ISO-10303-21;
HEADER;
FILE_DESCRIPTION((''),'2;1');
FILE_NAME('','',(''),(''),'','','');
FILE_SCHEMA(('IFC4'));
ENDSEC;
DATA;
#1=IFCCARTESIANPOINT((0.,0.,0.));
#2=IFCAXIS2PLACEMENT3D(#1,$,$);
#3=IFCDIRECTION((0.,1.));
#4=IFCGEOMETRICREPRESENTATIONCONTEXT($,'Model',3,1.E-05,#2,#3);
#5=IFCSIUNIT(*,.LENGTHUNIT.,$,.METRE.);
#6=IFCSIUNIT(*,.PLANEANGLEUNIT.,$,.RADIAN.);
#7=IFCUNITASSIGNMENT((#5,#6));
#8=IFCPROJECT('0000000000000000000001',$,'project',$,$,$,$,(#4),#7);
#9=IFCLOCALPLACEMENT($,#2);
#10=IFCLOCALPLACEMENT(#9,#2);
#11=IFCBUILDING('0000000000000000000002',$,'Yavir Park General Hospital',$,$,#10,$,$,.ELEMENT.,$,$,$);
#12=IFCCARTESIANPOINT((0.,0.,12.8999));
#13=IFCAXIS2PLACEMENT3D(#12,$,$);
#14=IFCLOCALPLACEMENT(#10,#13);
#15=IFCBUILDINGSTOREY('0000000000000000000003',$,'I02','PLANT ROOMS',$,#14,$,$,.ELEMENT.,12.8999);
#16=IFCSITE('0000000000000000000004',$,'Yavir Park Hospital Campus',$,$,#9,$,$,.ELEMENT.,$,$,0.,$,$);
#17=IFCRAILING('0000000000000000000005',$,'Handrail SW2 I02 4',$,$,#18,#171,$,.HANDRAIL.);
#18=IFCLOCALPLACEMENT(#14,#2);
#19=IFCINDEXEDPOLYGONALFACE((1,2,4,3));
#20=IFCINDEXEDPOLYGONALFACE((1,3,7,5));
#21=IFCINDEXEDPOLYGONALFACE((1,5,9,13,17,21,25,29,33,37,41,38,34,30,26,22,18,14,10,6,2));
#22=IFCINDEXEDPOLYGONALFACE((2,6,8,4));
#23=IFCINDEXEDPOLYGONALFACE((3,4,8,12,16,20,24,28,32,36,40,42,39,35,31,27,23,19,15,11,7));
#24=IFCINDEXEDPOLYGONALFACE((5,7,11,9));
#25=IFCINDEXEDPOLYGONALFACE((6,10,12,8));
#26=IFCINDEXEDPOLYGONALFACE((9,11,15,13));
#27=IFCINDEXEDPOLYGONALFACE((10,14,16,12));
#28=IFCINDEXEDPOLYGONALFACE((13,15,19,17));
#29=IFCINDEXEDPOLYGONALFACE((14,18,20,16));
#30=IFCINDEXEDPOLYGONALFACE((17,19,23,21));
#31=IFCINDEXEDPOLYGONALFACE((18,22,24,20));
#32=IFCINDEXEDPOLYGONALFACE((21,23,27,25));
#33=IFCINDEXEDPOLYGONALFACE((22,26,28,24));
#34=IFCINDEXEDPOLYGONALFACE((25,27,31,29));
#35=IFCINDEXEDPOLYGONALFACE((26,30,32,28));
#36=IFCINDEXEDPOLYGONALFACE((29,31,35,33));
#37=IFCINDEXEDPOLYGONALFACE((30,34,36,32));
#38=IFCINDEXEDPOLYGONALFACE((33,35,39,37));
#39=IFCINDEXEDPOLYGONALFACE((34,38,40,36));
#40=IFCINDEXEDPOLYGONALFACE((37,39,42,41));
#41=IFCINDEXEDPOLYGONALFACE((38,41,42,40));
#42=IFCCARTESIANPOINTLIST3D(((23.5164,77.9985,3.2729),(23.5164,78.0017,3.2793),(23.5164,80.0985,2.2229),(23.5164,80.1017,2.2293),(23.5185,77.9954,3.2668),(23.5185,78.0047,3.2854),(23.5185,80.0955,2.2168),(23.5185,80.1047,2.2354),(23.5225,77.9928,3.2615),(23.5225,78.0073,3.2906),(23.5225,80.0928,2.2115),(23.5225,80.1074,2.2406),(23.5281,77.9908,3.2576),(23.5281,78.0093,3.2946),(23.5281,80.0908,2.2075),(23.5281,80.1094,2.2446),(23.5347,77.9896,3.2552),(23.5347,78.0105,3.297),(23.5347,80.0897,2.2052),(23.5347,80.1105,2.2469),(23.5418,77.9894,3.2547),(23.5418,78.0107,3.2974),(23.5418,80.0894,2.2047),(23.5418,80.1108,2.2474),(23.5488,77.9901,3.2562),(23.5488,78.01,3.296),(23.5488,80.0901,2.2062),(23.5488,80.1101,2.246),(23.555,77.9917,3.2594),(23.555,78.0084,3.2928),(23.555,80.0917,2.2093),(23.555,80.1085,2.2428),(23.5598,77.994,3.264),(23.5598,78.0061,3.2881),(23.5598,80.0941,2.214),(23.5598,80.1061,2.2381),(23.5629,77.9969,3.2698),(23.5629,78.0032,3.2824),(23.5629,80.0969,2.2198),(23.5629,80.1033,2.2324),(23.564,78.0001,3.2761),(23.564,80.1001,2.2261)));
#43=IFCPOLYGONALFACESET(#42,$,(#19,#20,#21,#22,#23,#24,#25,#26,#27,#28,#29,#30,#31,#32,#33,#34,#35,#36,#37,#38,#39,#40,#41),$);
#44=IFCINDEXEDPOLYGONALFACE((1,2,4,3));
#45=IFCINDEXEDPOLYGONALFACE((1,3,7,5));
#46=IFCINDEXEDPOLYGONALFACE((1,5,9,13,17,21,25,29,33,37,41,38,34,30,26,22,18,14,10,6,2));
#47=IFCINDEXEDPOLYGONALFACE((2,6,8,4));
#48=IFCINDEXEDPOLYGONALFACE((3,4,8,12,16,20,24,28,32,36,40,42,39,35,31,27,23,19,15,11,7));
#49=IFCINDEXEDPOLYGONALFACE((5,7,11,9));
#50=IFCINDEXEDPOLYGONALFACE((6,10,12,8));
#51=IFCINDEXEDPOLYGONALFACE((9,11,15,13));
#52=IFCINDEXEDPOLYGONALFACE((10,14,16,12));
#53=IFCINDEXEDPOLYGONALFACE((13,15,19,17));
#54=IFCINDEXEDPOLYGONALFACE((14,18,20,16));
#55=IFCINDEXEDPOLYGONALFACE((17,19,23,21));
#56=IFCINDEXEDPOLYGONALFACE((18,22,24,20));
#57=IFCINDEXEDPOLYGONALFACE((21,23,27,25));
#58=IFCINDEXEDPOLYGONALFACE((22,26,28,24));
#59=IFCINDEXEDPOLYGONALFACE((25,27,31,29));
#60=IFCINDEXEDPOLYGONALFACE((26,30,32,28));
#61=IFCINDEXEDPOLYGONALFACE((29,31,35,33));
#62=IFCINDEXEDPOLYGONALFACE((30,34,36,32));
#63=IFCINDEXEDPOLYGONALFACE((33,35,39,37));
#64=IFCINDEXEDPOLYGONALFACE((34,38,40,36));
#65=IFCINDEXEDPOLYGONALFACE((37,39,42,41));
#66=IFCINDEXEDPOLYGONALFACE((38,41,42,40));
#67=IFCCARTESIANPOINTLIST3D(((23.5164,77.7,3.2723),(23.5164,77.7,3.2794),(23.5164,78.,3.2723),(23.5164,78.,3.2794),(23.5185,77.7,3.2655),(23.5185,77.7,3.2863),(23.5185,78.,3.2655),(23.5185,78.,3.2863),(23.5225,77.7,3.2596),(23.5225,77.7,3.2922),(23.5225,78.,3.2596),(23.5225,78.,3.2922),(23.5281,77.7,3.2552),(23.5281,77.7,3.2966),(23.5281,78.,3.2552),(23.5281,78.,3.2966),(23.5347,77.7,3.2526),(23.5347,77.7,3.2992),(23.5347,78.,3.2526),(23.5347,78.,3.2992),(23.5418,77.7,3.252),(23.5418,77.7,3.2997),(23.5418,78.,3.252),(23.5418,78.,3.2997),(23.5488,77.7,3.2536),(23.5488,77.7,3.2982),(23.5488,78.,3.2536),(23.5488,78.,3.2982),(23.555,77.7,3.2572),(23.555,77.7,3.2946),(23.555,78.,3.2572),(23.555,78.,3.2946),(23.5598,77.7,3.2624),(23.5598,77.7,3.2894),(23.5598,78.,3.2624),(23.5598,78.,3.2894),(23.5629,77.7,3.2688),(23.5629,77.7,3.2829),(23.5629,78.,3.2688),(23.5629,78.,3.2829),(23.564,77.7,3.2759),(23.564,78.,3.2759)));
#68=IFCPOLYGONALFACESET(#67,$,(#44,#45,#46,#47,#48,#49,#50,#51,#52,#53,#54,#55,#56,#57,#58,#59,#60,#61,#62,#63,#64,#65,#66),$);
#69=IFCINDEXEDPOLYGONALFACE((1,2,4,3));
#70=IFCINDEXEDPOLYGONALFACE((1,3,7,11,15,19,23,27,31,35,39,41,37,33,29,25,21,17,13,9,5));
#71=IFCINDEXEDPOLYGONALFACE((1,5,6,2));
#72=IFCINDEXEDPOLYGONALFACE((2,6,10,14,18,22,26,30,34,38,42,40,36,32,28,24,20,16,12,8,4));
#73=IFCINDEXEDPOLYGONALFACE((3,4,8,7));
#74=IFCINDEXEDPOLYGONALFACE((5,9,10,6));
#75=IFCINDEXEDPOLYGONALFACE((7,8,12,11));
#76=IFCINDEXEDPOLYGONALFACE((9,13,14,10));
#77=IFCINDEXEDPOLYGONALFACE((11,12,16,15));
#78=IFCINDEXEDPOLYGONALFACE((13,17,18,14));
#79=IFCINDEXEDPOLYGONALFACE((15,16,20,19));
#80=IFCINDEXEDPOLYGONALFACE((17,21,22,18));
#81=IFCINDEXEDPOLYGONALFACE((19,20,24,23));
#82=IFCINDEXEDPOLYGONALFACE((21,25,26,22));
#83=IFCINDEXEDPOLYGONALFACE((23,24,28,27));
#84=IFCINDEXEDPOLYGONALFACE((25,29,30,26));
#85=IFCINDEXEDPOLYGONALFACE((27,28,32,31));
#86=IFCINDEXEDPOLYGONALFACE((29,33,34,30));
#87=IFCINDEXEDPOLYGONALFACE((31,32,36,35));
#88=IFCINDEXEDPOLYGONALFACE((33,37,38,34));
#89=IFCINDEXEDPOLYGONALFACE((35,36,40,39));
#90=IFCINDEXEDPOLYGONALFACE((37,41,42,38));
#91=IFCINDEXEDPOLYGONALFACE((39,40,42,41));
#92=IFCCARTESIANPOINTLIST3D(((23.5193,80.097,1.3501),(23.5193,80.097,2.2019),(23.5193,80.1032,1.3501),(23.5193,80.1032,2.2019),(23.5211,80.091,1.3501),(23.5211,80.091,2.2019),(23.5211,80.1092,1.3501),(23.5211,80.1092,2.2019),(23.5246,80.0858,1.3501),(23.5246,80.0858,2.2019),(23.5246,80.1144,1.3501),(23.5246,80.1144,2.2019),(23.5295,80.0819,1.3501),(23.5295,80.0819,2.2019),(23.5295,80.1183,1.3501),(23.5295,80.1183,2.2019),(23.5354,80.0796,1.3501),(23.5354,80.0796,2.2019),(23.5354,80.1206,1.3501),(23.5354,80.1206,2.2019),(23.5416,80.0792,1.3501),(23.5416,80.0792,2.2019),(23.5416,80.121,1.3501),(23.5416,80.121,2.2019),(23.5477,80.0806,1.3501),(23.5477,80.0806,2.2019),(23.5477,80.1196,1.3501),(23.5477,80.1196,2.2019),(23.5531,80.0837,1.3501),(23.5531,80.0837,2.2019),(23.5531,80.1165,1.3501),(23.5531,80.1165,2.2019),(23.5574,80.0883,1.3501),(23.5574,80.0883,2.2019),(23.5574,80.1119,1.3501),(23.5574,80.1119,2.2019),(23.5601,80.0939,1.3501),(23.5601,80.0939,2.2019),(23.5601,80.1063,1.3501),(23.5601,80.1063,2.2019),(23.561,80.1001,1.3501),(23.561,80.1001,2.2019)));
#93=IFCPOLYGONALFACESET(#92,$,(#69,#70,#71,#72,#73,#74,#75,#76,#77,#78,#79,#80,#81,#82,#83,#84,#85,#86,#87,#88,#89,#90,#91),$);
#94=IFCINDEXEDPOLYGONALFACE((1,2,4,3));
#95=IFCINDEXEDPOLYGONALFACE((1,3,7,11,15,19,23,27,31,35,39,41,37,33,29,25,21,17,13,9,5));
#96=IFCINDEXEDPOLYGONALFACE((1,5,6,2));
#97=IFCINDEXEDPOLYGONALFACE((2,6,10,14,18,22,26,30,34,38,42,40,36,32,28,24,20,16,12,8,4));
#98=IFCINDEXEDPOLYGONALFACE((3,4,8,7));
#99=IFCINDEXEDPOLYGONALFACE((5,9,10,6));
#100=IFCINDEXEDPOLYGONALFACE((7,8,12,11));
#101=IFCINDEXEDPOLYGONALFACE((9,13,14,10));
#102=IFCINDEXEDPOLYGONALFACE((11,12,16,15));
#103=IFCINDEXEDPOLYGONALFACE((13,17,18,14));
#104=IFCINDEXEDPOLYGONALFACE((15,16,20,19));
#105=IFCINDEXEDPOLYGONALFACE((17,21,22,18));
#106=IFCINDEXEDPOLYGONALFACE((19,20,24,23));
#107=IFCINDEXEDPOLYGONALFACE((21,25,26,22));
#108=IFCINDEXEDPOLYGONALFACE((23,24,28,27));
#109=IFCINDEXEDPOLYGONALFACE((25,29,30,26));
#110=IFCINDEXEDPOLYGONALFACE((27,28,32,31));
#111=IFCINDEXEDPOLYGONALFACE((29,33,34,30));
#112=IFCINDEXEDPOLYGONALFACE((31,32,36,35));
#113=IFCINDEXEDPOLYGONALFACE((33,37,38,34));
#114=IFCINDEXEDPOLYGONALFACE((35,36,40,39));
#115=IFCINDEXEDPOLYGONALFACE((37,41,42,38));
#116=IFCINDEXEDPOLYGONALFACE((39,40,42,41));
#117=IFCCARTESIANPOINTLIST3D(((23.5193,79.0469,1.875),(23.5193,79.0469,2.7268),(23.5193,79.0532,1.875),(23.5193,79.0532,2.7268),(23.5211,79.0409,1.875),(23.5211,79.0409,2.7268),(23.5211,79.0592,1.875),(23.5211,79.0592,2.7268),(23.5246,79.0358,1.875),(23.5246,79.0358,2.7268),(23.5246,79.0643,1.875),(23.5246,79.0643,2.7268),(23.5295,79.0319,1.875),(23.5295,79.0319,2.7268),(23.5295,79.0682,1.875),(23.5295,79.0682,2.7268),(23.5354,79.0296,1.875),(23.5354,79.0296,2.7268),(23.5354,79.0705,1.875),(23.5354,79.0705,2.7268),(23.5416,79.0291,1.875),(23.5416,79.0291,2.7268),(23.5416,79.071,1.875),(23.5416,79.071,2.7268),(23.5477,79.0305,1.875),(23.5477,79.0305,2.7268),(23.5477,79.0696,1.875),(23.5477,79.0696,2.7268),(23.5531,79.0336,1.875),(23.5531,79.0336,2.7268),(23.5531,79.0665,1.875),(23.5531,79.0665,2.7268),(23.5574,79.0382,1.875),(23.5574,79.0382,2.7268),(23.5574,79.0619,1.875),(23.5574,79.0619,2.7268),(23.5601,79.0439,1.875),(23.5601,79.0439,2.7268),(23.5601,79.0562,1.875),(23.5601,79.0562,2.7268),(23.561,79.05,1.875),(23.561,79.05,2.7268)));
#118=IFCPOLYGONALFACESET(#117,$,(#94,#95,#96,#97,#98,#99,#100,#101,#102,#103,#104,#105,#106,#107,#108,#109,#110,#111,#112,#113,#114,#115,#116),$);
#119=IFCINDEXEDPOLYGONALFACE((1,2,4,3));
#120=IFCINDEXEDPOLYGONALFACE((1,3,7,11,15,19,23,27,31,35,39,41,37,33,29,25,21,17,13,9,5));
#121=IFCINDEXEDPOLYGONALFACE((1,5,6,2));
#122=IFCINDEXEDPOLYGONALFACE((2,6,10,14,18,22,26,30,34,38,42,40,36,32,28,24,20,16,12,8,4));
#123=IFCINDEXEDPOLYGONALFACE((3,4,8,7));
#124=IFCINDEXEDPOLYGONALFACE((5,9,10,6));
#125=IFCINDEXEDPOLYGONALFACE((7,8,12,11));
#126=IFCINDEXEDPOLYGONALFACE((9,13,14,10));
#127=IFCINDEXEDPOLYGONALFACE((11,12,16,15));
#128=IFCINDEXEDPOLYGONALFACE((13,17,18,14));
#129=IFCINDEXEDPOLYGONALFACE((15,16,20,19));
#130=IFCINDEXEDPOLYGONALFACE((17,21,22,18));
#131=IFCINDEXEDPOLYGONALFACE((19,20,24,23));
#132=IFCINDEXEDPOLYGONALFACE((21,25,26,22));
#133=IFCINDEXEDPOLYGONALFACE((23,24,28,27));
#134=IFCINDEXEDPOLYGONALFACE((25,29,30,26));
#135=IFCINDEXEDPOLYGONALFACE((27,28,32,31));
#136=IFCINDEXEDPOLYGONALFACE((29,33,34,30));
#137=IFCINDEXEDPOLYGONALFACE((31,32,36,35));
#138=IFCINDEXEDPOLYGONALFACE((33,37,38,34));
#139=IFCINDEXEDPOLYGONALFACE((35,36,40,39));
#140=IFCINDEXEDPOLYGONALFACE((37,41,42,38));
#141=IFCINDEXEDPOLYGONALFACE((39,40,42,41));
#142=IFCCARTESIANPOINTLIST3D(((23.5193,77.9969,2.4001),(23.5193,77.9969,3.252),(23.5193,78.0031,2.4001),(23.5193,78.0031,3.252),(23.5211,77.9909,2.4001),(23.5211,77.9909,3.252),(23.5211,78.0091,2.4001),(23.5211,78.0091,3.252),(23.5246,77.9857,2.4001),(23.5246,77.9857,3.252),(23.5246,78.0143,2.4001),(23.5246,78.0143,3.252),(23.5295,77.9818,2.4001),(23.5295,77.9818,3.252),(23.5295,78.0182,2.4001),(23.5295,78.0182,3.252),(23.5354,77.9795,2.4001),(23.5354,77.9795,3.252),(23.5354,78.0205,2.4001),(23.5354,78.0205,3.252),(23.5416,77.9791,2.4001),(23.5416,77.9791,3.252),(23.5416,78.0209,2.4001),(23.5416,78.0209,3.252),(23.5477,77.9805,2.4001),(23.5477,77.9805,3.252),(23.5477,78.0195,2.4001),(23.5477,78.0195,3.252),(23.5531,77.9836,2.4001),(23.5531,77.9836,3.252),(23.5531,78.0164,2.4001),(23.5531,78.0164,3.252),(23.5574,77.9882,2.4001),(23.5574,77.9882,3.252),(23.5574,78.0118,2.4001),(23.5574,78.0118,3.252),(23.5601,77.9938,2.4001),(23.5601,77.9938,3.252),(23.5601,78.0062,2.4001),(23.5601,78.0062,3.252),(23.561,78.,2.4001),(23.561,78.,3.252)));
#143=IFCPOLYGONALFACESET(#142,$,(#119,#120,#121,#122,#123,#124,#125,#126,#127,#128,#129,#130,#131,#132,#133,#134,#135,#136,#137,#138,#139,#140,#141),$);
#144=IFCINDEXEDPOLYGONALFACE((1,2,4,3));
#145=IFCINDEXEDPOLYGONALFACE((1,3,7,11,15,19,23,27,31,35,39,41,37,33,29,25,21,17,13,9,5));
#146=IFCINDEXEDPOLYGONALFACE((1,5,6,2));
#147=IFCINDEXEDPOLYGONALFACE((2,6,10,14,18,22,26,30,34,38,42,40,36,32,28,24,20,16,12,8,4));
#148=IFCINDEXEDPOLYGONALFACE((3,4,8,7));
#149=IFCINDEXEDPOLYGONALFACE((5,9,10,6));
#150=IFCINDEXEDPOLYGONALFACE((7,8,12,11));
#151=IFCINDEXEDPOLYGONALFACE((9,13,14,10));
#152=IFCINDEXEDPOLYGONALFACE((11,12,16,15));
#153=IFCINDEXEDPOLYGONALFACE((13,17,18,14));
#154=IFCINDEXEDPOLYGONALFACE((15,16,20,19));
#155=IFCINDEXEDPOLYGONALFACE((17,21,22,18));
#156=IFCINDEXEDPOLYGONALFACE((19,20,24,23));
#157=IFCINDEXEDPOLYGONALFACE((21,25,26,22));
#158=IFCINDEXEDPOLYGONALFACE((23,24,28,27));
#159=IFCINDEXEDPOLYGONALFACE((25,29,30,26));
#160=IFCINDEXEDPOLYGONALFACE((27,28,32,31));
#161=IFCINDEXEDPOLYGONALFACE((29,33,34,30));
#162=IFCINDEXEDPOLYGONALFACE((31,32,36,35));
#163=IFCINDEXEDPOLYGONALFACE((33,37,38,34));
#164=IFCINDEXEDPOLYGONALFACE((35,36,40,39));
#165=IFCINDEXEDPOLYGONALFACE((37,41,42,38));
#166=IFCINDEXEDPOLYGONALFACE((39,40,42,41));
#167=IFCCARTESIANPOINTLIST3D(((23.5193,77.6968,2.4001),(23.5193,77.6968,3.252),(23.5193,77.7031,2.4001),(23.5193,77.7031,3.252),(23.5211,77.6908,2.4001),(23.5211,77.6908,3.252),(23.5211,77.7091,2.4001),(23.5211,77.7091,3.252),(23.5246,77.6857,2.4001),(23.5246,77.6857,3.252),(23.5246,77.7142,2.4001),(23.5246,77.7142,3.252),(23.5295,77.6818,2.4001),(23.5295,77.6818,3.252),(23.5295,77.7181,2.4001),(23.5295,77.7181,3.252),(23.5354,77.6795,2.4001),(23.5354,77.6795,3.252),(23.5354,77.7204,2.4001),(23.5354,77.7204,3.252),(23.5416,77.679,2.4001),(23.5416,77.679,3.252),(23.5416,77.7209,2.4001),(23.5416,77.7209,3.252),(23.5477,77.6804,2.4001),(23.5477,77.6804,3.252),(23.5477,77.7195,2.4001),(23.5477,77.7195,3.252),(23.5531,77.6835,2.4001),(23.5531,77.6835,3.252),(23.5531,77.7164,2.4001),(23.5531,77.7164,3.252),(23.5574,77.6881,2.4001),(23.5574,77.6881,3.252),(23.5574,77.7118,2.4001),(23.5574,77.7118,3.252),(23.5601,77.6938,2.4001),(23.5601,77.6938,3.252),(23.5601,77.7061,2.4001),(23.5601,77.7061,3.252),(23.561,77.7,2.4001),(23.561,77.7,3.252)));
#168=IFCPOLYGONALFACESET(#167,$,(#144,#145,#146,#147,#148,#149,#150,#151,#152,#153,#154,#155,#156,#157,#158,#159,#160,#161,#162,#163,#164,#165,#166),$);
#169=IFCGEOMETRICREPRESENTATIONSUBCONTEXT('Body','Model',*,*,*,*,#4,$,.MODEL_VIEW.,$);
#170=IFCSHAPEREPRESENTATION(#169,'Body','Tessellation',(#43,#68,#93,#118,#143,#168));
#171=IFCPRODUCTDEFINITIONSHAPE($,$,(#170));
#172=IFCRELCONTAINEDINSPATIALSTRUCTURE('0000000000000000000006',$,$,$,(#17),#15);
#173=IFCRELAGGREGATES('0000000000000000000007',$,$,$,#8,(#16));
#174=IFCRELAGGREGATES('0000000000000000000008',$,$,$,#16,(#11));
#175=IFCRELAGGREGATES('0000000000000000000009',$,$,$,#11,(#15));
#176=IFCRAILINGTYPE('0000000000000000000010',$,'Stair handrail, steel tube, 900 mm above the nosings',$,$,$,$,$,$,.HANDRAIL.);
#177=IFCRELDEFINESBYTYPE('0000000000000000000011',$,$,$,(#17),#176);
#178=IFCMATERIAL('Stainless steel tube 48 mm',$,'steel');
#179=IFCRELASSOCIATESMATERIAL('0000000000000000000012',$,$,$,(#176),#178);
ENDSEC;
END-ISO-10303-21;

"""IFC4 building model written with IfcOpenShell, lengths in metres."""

from ifc_helpers import new_model, si_unit, direction, frame, origin, origin_2d, place, context, subcontext, project, spatial, circle, extrude, material, type_object, element, save


model = new_model("IFC4")

# Units and contexts
model_context = context("Model", 3, precision=1e-05, world=origin(), true_north=direction((0.0, 1.0)))
body_context = subcontext(model_context, "Body", "Model", "MODEL_VIEW")
ifc_project = project(units=[si_unit("LENGTHUNIT", "METRE"), si_unit("PLANEANGLEUNIT", "RADIAN")], contexts=[model_context])

# Site, building, storey
site_placement = place(None, origin())
site = spatial("IfcSite", under=ifc_project, at=site_placement, Name="Yavir Park Hospital Campus", CompositionType="ELEMENT", RefElevation=0.0)
building_placement = place(site_placement, origin())
building = spatial("IfcBuilding", under=site, at=building_placement, Name="Yavir Park General Hospital", CompositionType="ELEMENT")
storey_placement = place(building_placement, frame((0.0, 0.0, 12.8999)))
storey = spatial("IfcBuildingStorey", under=building, at=storey_placement, Name="I02", Description="PLANT ROOMS", CompositionType="ELEMENT", Elevation=12.8999)

# Railing
ifc_material_1 = material(Name="Stainless steel tube 48 mm", Category="steel")
railing_type_1 = type_object("IfcRailingType", Name="Stair handrail, steel tube, 900 mm above the nosings", PredefinedType="HANDRAIL", material=ifc_material_1)
for number, where, name in (
    (1, (23.54, 80.1001, 1.3501), "Handrail SW2 I02 4"),
):
    element("IfcRailing", number, at=place(storey_placement, frame(where)), inside=storey, type_object=railing_type_1, Name=name, PredefinedType="HANDRAIL", context=body_context, shape_type="SweptSolid", body=[
        extrude(circle(Radius=0.0239, at=origin_2d()), frame((0.0, 0.0, 0.876), z_axis=(0.0, -0.894427, 0.447214), x_axis=(1.0, 0.0, 0.0)), (0.0, 0.0, 1.0), 2.3479),
        extrude(circle(Radius=0.0239, at=origin_2d()), frame((0.0, -2.1001, 1.9258), z_axis=(0.0, -1.0, 0.0), x_axis=(1.0, 0.0, 0.0)), (0.0, 0.0, 1.0), 0.3),
        extrude(circle(Radius=0.021, at=origin_2d()), origin(), (0.0, 0.0, 1.0), 0.8518),
        extrude(circle(Radius=0.021, at=origin_2d()), frame((0.0, -1.05, 0.5249)), (0.0, 0.0, 1.0), 0.8518),
        extrude(circle(Radius=0.021, at=origin_2d()), frame((0.0, -2.1001, 1.05)), (0.0, 0.0, 1.0), 0.8518),
        extrude(circle(Radius=0.021, at=origin_2d()), frame((0.0, -2.4001, 1.05)), (0.0, 0.0, 1.0), 0.8518),
    ])

save(model, "model.ifc")
